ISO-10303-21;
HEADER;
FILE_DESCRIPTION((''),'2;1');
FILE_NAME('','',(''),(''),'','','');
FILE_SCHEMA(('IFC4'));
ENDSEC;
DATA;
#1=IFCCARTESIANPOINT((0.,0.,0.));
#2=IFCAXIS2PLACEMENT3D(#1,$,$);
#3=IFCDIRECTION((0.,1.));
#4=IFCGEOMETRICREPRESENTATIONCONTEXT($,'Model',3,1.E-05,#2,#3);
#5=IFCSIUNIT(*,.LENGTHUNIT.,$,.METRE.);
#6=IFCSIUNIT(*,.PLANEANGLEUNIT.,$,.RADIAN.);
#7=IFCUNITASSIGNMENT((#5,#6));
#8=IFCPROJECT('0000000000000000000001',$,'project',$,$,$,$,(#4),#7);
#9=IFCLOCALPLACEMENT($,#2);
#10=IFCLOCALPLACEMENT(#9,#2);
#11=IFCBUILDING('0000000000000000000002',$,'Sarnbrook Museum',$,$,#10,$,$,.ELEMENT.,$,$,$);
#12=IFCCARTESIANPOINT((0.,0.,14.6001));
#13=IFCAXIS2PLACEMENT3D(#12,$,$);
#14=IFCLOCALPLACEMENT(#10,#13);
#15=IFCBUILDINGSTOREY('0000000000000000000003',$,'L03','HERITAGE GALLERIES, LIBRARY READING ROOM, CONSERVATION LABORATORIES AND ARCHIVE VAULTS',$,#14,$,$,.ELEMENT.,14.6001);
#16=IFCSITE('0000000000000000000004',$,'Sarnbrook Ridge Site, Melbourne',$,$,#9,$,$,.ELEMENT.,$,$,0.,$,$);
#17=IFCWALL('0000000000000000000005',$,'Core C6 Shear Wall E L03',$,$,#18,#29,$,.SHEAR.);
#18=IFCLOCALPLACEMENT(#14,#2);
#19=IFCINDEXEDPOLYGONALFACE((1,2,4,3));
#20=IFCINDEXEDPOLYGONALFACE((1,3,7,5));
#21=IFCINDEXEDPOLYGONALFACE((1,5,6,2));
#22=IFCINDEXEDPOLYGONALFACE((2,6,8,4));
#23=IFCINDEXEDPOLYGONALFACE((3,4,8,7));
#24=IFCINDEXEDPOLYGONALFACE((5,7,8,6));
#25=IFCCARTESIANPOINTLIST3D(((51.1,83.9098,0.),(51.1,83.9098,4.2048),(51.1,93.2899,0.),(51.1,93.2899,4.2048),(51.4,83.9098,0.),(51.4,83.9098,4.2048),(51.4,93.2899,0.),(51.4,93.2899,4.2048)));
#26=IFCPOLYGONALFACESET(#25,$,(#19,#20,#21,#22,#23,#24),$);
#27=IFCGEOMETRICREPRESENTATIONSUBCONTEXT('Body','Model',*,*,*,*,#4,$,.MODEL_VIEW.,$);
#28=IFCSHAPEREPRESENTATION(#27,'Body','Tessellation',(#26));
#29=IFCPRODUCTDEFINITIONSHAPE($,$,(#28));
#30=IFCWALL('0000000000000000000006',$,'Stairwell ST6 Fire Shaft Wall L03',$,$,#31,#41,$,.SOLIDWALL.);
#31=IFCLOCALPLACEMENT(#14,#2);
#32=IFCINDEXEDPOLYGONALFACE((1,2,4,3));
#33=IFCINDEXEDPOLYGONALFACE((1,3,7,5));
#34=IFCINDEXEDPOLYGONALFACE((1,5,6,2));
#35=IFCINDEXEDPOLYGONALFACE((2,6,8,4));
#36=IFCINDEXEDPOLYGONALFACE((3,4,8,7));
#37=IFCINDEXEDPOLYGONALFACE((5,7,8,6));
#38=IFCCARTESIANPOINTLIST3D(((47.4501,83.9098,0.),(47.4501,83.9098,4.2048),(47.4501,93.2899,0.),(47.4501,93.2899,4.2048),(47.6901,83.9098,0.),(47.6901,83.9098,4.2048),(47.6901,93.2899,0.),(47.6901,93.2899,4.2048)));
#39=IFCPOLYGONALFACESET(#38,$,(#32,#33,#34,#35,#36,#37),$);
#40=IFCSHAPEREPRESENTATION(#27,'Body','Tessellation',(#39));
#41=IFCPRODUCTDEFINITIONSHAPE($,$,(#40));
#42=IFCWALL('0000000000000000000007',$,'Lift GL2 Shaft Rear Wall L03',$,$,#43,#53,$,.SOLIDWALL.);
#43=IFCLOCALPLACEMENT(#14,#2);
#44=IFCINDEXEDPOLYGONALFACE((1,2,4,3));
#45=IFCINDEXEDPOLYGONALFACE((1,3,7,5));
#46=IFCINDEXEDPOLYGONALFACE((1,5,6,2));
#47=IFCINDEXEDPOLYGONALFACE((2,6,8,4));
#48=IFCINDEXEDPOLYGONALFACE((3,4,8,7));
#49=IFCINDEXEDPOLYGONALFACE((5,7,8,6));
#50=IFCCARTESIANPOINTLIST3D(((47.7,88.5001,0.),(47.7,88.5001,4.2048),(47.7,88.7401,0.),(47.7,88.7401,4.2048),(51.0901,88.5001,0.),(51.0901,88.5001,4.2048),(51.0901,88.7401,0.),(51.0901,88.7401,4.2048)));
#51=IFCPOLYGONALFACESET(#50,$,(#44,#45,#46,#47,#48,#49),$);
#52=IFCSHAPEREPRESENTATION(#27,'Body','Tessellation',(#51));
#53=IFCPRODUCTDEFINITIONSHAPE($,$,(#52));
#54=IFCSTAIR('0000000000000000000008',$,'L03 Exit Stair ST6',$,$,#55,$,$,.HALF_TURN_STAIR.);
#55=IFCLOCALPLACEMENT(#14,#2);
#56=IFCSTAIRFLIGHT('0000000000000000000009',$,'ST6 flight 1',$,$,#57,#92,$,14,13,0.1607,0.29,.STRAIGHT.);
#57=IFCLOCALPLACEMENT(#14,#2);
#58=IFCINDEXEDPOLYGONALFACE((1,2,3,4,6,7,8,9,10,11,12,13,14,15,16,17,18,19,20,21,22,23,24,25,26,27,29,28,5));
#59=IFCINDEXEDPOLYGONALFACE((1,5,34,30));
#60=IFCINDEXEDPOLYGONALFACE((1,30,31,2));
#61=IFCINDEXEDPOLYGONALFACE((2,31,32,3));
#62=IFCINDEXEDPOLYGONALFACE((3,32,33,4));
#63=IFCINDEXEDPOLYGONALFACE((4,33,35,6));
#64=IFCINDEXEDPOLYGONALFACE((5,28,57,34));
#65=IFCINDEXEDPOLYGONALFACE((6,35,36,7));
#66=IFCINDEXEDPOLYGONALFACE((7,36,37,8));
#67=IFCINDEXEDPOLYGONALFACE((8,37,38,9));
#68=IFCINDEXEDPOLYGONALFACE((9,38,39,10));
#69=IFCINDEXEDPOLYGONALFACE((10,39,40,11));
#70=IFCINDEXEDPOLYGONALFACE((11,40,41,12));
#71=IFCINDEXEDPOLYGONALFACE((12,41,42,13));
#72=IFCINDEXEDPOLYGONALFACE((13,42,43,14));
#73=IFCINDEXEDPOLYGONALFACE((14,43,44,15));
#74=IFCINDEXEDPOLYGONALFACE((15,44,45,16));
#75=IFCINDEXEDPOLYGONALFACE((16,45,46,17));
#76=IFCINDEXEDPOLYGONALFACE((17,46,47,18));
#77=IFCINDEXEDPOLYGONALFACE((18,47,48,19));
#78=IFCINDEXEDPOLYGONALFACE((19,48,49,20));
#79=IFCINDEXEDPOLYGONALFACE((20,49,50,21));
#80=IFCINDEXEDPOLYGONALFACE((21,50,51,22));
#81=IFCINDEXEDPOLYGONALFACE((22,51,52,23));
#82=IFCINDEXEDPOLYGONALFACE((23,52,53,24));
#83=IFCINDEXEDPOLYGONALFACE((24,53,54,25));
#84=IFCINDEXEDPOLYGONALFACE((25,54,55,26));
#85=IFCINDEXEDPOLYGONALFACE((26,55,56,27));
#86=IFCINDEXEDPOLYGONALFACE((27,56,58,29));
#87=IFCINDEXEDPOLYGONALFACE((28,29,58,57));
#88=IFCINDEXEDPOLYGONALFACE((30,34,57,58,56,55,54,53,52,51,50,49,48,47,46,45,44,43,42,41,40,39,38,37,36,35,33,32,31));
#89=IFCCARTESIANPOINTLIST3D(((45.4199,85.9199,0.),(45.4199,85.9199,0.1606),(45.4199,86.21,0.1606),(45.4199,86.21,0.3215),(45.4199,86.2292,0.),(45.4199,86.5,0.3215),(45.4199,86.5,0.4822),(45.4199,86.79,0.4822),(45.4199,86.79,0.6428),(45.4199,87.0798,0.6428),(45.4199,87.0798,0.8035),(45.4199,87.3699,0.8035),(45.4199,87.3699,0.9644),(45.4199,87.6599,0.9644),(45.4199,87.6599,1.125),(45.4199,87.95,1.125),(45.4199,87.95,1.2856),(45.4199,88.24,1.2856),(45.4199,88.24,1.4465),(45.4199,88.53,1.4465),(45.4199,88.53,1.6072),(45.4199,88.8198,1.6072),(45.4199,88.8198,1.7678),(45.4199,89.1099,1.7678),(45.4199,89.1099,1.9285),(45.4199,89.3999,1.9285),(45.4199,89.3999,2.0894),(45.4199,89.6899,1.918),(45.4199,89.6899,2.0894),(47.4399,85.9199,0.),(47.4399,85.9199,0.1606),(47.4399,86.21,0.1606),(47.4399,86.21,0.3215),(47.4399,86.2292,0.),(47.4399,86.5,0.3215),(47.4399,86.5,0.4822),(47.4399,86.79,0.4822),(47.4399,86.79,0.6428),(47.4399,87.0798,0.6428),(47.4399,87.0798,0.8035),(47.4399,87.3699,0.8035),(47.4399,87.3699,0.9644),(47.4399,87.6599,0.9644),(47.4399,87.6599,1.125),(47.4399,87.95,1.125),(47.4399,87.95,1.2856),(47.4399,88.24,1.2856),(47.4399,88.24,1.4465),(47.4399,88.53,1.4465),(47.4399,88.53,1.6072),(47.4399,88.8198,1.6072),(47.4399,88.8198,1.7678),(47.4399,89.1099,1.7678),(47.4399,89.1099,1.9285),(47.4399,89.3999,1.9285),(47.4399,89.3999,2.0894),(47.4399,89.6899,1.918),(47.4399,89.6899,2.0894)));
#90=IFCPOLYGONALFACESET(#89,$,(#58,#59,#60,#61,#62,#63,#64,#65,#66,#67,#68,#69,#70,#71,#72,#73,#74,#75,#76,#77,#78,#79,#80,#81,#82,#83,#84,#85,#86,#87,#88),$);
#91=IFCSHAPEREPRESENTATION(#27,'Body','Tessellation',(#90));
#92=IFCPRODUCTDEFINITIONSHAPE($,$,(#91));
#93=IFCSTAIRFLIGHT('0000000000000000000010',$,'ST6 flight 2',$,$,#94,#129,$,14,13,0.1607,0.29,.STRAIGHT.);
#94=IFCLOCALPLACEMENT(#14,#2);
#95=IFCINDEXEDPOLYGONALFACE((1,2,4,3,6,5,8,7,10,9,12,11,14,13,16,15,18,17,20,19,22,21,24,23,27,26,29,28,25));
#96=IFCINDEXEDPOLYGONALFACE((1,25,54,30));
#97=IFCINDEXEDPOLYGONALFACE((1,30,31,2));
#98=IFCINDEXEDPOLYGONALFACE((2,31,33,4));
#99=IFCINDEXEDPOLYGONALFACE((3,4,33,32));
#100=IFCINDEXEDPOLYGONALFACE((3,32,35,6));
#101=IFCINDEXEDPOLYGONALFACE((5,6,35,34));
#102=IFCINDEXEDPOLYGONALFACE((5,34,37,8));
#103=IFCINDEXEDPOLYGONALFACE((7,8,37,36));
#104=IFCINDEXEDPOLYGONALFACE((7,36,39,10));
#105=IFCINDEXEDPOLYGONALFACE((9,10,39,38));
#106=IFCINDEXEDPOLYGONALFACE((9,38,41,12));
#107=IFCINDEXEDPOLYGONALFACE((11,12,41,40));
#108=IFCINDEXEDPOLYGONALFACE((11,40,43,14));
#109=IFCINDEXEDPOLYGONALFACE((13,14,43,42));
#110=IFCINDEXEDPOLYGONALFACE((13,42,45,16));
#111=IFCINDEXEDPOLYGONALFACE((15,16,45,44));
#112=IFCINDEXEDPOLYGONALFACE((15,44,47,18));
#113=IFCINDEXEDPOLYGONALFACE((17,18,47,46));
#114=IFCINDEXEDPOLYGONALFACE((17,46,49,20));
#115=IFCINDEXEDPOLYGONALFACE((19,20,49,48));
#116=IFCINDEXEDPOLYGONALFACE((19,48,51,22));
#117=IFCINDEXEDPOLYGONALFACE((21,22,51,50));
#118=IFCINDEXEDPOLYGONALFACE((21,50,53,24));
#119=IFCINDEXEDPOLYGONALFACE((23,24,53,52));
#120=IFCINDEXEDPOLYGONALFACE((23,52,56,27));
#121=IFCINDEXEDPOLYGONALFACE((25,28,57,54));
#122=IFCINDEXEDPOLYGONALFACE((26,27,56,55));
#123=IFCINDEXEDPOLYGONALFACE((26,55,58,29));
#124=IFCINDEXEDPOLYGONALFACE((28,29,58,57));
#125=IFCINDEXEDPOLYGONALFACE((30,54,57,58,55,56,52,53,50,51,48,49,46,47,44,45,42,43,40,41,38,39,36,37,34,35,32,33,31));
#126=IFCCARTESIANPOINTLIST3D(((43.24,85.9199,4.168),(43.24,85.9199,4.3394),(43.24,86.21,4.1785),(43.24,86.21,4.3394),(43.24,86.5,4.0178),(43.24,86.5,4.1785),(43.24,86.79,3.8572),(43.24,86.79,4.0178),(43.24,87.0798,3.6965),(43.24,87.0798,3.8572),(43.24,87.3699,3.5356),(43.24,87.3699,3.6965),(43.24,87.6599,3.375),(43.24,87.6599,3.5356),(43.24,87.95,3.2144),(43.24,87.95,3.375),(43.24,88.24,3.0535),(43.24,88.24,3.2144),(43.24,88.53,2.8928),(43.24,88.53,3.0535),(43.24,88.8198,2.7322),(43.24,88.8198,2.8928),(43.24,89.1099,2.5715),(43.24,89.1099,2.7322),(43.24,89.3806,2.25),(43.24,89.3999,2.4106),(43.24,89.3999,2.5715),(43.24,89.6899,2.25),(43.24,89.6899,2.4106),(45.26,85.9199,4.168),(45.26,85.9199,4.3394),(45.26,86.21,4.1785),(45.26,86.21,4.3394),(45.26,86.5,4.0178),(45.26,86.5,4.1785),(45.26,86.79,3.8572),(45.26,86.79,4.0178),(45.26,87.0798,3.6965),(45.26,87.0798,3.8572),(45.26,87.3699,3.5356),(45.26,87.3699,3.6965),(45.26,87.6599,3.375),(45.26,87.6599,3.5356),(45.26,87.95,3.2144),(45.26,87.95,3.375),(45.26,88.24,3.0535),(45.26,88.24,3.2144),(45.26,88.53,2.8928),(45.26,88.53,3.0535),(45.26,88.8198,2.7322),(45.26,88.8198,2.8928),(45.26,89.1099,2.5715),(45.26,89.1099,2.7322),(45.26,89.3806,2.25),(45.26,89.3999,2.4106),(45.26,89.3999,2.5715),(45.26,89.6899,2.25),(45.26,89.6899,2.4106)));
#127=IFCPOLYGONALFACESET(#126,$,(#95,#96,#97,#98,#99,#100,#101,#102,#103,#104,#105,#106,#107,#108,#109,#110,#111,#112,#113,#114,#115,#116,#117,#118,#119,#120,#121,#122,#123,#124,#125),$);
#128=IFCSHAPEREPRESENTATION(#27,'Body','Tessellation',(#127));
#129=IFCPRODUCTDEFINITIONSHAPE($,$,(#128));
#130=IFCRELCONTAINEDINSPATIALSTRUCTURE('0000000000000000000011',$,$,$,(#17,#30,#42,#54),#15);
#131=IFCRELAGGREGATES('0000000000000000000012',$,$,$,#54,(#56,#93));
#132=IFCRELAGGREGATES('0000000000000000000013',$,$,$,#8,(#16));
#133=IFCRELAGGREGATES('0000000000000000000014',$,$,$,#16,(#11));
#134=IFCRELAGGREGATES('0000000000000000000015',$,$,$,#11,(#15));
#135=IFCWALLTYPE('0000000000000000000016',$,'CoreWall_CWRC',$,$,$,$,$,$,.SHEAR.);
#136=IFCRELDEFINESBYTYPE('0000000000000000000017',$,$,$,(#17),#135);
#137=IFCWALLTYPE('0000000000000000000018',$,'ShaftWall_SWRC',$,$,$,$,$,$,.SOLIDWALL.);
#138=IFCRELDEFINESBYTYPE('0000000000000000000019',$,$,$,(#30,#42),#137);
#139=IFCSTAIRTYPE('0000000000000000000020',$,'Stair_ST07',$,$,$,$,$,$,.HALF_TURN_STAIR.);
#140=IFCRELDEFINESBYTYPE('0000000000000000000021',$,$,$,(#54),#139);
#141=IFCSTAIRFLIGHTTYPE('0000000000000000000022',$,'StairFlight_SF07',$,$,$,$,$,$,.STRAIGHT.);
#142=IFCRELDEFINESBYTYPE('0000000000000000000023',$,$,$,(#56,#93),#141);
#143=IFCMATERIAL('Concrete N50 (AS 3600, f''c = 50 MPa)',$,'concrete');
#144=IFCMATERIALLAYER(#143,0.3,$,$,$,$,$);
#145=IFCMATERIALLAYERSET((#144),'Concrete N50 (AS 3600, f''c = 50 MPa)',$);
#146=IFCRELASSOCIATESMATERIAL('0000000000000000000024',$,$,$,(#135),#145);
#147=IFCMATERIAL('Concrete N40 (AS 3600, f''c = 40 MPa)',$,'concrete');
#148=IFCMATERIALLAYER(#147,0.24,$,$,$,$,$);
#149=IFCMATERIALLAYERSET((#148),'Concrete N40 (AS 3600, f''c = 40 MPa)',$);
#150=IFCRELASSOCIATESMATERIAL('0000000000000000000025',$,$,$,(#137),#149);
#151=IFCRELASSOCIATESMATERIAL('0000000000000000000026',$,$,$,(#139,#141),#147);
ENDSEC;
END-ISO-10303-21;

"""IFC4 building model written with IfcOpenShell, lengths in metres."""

from ifc_helpers import new_model, si_unit, direction, frame, frame_2d, origin, place, context, subcontext, project, spatial, polyline, rectangle, outline, extrude, material, layer, layer_set, type_object, element, aggregate, save


model = new_model("IFC4")

# Units and contexts
model_context = context("Model", 3, precision=1e-05, world=origin(), true_north=direction((0.0, 1.0)))
body_context = subcontext(model_context, "Body", "Model", "MODEL_VIEW")
ifc_project = project(units=[si_unit("LENGTHUNIT", "METRE"), si_unit("PLANEANGLEUNIT", "RADIAN")], contexts=[model_context])

# Site, building, storey
site_placement = place(None, origin())
site = spatial("IfcSite", under=ifc_project, at=site_placement, Name="Sarnbrook Ridge Site, Melbourne", CompositionType="ELEMENT", RefElevation=0.0)
building_placement = place(site_placement, origin())
building = spatial("IfcBuilding", under=site, at=building_placement, Name="Sarnbrook Museum", CompositionType="ELEMENT")
storey_placement = place(building_placement, frame((0.0, 0.0, 14.6001)))
storey = spatial("IfcBuildingStorey", under=building, at=storey_placement, Name="L03", Description="HERITAGE GALLERIES, LIBRARY READING ROOM, CONSERVATION LABORATORIES AND ARCHIVE VAULTS", CompositionType="ELEMENT", Elevation=14.6001)

# Shared definitions
ifc_material_1 = material(Name="Concrete N50 (AS 3600, f'c = 50 MPa)", Category="concrete")
ifc_layer_1 = layer(ifc_material_1, 0.3)
ifc_layer_set_1 = layer_set([ifc_layer_1], Name="Concrete N50 (AS 3600, f'c = 50 MPa)")
wall_type_1 = type_object("IfcWallType", Name="CoreWall_CWRC", PredefinedType="SHEAR", material=ifc_layer_set_1)

# Walls
wall_1_placement = place(storey_placement, frame((51.25, 83.9099, 0.0), z_axis=(0.0, 0.0, 1.0), x_axis=(0.0, 1.0, 0.0)))
element("IfcWall", 1, at=wall_1_placement, inside=storey, type_object=wall_type_1, Name="Core C6 Shear Wall E L03", PredefinedType="SHEAR", context=body_context, shape_type="SweptSolid", body=[
    extrude(rectangle(XDim=9.3801, YDim=0.3, at=frame_2d((4.6899, 0.0))), origin(), (0.0, 0.0, 1.0), 4.2048),
])
ifc_material_2 = material(Name="Concrete N40 (AS 3600, f'c = 40 MPa)", Category="concrete")
ifc_layer_2 = layer(ifc_material_2, 0.24)
ifc_layer_set_2 = layer_set([ifc_layer_2], Name="Concrete N40 (AS 3600, f'c = 40 MPa)")
wall_type_2 = type_object("IfcWallType", Name="ShaftWall_SWRC", PredefinedType="SOLIDWALL", material=ifc_layer_set_2)
wall_2_placement = place(storey_placement, frame((47.5701, 83.9099, 0.0), z_axis=(0.0, 0.0, 1.0), x_axis=(0.0, 1.0, 0.0)))
element("IfcWall", 2, at=wall_2_placement, inside=storey, type_object=wall_type_2, Name="Stairwell ST6 Fire Shaft Wall L03", PredefinedType="SOLIDWALL", context=body_context, shape_type="SweptSolid", body=[
    extrude(rectangle(XDim=9.3801, YDim=0.24, at=frame_2d((4.6899, 0.0))), origin(), (0.0, 0.0, 1.0), 4.2048),
])
wall_3_placement = place(storey_placement, frame((47.7, 88.6201, 0.0), z_axis=(0.0, 0.0, 1.0), x_axis=(1.0, 0.0, 0.0)))
element("IfcWall", 3, at=wall_3_placement, inside=storey, type_object=wall_type_2, Name="Lift GL2 Shaft Rear Wall L03", PredefinedType="SOLIDWALL", context=body_context, shape_type="SweptSolid", body=[
    extrude(rectangle(XDim=3.3901, YDim=0.24, at=frame_2d((1.6951, 0.0))), origin(), (0.0, 0.0, 1.0), 4.2048),
])

# Stair, stair flights
stair_type = type_object("IfcStairType", Name="Stair_ST07", PredefinedType="HALF_TURN_STAIR", material=ifc_material_2)
stair_placement = place(storey_placement, origin())
stair = element("IfcStair", 4, at=stair_placement, inside=storey, type_object=stair_type, Name="L03 Exit Stair ST6", PredefinedType="HALF_TURN_STAIR")
stair_flight_type = type_object("IfcStairFlightType", Name="StairFlight_SF07", PredefinedType="STRAIGHT", material=ifc_material_2)
stair_flight_1_placement = place(storey_placement, frame((46.4299, 85.9199, 0.0), z_axis=(0.0, 0.0, 1.0), x_axis=(0.0, 1.0, 0.0)))
stair_flight_1 = element("IfcStairFlight", 5, at=stair_flight_1_placement, type_object=stair_flight_type, Name="ST6 flight 1", NumberOfRisers=14, NumberOfTreads=13, PredefinedType="STRAIGHT", RiserHeight=0.1607, TreadLength=0.29, context=body_context, shape_type="SweptSolid", body=[
    extrude(outline(polyline([(0.0, 0.0), (0.0, 0.1606), (0.29, 0.1606), (0.29, 0.3215), (0.5801, 0.3215), (0.5801, 0.4822), (0.8701, 0.4822), (0.8701, 0.6428), (1.1599, 0.6428), (1.1599, 0.8035), (1.45, 0.8035), (1.45, 0.9644), (1.74, 0.9644), (1.74, 1.125), (2.03, 1.125), (2.03, 1.2856), (2.3201, 1.2856), (2.3201, 1.4465), (2.6101, 1.4465), (2.6101, 1.6072), (2.8999, 1.6072), (2.8999, 1.7678), (3.1899, 1.7678), (3.1899, 1.9285), (3.48, 1.9285), (3.48, 2.0894), (3.77, 2.0894), (3.77, 2.25), (3.77, 1.918), (0.3093, 0.0), (0.0, 0.0)])), frame((0.0, 1.01, 0.0), z_axis=(0.0, -1.0, 0.0), x_axis=(1.0, 0.0, 0.0)), (0.0, 0.0, 1.0), 2.02),
])
stair_flight_2_placement = place(storey_placement, frame((44.25, 89.6899, 2.25), z_axis=(0.0, 0.0, 1.0), x_axis=(0.0, -1.0, 0.0)))
stair_flight_2 = element("IfcStairFlight", 6, at=stair_flight_2_placement, type_object=stair_flight_type, Name="ST6 flight 2", NumberOfRisers=14, NumberOfTreads=13, PredefinedType="STRAIGHT", RiserHeight=0.1607, TreadLength=0.29, context=body_context, shape_type="SweptSolid", body=[
    extrude(outline(polyline([(0.0, 0.0), (0.0, 0.1606), (0.29, 0.1606), (0.29, 0.3215), (0.5801, 0.3215), (0.5801, 0.4822), (0.8701, 0.4822), (0.8701, 0.6428), (1.1599, 0.6428), (1.1599, 0.8035), (1.45, 0.8035), (1.45, 0.9644), (1.74, 0.9644), (1.74, 1.125), (2.03, 1.125), (2.03, 1.2856), (2.3201, 1.2856), (2.3201, 1.4465), (2.6101, 1.4465), (2.6101, 1.6072), (2.8999, 1.6072), (2.8999, 1.7678), (3.1899, 1.7678), (3.1899, 1.9285), (3.48, 1.9285), (3.48, 2.0894), (3.77, 2.0894), (3.77, 2.25), (3.77, 1.918), (0.3093, 0.0), (0.0, 0.0)])), frame((0.0, 1.01, 0.0), z_axis=(0.0, -1.0, 0.0), x_axis=(1.0, 0.0, 0.0)), (0.0, 0.0, 1.0), 2.02),
])
aggregate(stair, [stair_flight_1, stair_flight_2])

save(model, "model.ifc")
